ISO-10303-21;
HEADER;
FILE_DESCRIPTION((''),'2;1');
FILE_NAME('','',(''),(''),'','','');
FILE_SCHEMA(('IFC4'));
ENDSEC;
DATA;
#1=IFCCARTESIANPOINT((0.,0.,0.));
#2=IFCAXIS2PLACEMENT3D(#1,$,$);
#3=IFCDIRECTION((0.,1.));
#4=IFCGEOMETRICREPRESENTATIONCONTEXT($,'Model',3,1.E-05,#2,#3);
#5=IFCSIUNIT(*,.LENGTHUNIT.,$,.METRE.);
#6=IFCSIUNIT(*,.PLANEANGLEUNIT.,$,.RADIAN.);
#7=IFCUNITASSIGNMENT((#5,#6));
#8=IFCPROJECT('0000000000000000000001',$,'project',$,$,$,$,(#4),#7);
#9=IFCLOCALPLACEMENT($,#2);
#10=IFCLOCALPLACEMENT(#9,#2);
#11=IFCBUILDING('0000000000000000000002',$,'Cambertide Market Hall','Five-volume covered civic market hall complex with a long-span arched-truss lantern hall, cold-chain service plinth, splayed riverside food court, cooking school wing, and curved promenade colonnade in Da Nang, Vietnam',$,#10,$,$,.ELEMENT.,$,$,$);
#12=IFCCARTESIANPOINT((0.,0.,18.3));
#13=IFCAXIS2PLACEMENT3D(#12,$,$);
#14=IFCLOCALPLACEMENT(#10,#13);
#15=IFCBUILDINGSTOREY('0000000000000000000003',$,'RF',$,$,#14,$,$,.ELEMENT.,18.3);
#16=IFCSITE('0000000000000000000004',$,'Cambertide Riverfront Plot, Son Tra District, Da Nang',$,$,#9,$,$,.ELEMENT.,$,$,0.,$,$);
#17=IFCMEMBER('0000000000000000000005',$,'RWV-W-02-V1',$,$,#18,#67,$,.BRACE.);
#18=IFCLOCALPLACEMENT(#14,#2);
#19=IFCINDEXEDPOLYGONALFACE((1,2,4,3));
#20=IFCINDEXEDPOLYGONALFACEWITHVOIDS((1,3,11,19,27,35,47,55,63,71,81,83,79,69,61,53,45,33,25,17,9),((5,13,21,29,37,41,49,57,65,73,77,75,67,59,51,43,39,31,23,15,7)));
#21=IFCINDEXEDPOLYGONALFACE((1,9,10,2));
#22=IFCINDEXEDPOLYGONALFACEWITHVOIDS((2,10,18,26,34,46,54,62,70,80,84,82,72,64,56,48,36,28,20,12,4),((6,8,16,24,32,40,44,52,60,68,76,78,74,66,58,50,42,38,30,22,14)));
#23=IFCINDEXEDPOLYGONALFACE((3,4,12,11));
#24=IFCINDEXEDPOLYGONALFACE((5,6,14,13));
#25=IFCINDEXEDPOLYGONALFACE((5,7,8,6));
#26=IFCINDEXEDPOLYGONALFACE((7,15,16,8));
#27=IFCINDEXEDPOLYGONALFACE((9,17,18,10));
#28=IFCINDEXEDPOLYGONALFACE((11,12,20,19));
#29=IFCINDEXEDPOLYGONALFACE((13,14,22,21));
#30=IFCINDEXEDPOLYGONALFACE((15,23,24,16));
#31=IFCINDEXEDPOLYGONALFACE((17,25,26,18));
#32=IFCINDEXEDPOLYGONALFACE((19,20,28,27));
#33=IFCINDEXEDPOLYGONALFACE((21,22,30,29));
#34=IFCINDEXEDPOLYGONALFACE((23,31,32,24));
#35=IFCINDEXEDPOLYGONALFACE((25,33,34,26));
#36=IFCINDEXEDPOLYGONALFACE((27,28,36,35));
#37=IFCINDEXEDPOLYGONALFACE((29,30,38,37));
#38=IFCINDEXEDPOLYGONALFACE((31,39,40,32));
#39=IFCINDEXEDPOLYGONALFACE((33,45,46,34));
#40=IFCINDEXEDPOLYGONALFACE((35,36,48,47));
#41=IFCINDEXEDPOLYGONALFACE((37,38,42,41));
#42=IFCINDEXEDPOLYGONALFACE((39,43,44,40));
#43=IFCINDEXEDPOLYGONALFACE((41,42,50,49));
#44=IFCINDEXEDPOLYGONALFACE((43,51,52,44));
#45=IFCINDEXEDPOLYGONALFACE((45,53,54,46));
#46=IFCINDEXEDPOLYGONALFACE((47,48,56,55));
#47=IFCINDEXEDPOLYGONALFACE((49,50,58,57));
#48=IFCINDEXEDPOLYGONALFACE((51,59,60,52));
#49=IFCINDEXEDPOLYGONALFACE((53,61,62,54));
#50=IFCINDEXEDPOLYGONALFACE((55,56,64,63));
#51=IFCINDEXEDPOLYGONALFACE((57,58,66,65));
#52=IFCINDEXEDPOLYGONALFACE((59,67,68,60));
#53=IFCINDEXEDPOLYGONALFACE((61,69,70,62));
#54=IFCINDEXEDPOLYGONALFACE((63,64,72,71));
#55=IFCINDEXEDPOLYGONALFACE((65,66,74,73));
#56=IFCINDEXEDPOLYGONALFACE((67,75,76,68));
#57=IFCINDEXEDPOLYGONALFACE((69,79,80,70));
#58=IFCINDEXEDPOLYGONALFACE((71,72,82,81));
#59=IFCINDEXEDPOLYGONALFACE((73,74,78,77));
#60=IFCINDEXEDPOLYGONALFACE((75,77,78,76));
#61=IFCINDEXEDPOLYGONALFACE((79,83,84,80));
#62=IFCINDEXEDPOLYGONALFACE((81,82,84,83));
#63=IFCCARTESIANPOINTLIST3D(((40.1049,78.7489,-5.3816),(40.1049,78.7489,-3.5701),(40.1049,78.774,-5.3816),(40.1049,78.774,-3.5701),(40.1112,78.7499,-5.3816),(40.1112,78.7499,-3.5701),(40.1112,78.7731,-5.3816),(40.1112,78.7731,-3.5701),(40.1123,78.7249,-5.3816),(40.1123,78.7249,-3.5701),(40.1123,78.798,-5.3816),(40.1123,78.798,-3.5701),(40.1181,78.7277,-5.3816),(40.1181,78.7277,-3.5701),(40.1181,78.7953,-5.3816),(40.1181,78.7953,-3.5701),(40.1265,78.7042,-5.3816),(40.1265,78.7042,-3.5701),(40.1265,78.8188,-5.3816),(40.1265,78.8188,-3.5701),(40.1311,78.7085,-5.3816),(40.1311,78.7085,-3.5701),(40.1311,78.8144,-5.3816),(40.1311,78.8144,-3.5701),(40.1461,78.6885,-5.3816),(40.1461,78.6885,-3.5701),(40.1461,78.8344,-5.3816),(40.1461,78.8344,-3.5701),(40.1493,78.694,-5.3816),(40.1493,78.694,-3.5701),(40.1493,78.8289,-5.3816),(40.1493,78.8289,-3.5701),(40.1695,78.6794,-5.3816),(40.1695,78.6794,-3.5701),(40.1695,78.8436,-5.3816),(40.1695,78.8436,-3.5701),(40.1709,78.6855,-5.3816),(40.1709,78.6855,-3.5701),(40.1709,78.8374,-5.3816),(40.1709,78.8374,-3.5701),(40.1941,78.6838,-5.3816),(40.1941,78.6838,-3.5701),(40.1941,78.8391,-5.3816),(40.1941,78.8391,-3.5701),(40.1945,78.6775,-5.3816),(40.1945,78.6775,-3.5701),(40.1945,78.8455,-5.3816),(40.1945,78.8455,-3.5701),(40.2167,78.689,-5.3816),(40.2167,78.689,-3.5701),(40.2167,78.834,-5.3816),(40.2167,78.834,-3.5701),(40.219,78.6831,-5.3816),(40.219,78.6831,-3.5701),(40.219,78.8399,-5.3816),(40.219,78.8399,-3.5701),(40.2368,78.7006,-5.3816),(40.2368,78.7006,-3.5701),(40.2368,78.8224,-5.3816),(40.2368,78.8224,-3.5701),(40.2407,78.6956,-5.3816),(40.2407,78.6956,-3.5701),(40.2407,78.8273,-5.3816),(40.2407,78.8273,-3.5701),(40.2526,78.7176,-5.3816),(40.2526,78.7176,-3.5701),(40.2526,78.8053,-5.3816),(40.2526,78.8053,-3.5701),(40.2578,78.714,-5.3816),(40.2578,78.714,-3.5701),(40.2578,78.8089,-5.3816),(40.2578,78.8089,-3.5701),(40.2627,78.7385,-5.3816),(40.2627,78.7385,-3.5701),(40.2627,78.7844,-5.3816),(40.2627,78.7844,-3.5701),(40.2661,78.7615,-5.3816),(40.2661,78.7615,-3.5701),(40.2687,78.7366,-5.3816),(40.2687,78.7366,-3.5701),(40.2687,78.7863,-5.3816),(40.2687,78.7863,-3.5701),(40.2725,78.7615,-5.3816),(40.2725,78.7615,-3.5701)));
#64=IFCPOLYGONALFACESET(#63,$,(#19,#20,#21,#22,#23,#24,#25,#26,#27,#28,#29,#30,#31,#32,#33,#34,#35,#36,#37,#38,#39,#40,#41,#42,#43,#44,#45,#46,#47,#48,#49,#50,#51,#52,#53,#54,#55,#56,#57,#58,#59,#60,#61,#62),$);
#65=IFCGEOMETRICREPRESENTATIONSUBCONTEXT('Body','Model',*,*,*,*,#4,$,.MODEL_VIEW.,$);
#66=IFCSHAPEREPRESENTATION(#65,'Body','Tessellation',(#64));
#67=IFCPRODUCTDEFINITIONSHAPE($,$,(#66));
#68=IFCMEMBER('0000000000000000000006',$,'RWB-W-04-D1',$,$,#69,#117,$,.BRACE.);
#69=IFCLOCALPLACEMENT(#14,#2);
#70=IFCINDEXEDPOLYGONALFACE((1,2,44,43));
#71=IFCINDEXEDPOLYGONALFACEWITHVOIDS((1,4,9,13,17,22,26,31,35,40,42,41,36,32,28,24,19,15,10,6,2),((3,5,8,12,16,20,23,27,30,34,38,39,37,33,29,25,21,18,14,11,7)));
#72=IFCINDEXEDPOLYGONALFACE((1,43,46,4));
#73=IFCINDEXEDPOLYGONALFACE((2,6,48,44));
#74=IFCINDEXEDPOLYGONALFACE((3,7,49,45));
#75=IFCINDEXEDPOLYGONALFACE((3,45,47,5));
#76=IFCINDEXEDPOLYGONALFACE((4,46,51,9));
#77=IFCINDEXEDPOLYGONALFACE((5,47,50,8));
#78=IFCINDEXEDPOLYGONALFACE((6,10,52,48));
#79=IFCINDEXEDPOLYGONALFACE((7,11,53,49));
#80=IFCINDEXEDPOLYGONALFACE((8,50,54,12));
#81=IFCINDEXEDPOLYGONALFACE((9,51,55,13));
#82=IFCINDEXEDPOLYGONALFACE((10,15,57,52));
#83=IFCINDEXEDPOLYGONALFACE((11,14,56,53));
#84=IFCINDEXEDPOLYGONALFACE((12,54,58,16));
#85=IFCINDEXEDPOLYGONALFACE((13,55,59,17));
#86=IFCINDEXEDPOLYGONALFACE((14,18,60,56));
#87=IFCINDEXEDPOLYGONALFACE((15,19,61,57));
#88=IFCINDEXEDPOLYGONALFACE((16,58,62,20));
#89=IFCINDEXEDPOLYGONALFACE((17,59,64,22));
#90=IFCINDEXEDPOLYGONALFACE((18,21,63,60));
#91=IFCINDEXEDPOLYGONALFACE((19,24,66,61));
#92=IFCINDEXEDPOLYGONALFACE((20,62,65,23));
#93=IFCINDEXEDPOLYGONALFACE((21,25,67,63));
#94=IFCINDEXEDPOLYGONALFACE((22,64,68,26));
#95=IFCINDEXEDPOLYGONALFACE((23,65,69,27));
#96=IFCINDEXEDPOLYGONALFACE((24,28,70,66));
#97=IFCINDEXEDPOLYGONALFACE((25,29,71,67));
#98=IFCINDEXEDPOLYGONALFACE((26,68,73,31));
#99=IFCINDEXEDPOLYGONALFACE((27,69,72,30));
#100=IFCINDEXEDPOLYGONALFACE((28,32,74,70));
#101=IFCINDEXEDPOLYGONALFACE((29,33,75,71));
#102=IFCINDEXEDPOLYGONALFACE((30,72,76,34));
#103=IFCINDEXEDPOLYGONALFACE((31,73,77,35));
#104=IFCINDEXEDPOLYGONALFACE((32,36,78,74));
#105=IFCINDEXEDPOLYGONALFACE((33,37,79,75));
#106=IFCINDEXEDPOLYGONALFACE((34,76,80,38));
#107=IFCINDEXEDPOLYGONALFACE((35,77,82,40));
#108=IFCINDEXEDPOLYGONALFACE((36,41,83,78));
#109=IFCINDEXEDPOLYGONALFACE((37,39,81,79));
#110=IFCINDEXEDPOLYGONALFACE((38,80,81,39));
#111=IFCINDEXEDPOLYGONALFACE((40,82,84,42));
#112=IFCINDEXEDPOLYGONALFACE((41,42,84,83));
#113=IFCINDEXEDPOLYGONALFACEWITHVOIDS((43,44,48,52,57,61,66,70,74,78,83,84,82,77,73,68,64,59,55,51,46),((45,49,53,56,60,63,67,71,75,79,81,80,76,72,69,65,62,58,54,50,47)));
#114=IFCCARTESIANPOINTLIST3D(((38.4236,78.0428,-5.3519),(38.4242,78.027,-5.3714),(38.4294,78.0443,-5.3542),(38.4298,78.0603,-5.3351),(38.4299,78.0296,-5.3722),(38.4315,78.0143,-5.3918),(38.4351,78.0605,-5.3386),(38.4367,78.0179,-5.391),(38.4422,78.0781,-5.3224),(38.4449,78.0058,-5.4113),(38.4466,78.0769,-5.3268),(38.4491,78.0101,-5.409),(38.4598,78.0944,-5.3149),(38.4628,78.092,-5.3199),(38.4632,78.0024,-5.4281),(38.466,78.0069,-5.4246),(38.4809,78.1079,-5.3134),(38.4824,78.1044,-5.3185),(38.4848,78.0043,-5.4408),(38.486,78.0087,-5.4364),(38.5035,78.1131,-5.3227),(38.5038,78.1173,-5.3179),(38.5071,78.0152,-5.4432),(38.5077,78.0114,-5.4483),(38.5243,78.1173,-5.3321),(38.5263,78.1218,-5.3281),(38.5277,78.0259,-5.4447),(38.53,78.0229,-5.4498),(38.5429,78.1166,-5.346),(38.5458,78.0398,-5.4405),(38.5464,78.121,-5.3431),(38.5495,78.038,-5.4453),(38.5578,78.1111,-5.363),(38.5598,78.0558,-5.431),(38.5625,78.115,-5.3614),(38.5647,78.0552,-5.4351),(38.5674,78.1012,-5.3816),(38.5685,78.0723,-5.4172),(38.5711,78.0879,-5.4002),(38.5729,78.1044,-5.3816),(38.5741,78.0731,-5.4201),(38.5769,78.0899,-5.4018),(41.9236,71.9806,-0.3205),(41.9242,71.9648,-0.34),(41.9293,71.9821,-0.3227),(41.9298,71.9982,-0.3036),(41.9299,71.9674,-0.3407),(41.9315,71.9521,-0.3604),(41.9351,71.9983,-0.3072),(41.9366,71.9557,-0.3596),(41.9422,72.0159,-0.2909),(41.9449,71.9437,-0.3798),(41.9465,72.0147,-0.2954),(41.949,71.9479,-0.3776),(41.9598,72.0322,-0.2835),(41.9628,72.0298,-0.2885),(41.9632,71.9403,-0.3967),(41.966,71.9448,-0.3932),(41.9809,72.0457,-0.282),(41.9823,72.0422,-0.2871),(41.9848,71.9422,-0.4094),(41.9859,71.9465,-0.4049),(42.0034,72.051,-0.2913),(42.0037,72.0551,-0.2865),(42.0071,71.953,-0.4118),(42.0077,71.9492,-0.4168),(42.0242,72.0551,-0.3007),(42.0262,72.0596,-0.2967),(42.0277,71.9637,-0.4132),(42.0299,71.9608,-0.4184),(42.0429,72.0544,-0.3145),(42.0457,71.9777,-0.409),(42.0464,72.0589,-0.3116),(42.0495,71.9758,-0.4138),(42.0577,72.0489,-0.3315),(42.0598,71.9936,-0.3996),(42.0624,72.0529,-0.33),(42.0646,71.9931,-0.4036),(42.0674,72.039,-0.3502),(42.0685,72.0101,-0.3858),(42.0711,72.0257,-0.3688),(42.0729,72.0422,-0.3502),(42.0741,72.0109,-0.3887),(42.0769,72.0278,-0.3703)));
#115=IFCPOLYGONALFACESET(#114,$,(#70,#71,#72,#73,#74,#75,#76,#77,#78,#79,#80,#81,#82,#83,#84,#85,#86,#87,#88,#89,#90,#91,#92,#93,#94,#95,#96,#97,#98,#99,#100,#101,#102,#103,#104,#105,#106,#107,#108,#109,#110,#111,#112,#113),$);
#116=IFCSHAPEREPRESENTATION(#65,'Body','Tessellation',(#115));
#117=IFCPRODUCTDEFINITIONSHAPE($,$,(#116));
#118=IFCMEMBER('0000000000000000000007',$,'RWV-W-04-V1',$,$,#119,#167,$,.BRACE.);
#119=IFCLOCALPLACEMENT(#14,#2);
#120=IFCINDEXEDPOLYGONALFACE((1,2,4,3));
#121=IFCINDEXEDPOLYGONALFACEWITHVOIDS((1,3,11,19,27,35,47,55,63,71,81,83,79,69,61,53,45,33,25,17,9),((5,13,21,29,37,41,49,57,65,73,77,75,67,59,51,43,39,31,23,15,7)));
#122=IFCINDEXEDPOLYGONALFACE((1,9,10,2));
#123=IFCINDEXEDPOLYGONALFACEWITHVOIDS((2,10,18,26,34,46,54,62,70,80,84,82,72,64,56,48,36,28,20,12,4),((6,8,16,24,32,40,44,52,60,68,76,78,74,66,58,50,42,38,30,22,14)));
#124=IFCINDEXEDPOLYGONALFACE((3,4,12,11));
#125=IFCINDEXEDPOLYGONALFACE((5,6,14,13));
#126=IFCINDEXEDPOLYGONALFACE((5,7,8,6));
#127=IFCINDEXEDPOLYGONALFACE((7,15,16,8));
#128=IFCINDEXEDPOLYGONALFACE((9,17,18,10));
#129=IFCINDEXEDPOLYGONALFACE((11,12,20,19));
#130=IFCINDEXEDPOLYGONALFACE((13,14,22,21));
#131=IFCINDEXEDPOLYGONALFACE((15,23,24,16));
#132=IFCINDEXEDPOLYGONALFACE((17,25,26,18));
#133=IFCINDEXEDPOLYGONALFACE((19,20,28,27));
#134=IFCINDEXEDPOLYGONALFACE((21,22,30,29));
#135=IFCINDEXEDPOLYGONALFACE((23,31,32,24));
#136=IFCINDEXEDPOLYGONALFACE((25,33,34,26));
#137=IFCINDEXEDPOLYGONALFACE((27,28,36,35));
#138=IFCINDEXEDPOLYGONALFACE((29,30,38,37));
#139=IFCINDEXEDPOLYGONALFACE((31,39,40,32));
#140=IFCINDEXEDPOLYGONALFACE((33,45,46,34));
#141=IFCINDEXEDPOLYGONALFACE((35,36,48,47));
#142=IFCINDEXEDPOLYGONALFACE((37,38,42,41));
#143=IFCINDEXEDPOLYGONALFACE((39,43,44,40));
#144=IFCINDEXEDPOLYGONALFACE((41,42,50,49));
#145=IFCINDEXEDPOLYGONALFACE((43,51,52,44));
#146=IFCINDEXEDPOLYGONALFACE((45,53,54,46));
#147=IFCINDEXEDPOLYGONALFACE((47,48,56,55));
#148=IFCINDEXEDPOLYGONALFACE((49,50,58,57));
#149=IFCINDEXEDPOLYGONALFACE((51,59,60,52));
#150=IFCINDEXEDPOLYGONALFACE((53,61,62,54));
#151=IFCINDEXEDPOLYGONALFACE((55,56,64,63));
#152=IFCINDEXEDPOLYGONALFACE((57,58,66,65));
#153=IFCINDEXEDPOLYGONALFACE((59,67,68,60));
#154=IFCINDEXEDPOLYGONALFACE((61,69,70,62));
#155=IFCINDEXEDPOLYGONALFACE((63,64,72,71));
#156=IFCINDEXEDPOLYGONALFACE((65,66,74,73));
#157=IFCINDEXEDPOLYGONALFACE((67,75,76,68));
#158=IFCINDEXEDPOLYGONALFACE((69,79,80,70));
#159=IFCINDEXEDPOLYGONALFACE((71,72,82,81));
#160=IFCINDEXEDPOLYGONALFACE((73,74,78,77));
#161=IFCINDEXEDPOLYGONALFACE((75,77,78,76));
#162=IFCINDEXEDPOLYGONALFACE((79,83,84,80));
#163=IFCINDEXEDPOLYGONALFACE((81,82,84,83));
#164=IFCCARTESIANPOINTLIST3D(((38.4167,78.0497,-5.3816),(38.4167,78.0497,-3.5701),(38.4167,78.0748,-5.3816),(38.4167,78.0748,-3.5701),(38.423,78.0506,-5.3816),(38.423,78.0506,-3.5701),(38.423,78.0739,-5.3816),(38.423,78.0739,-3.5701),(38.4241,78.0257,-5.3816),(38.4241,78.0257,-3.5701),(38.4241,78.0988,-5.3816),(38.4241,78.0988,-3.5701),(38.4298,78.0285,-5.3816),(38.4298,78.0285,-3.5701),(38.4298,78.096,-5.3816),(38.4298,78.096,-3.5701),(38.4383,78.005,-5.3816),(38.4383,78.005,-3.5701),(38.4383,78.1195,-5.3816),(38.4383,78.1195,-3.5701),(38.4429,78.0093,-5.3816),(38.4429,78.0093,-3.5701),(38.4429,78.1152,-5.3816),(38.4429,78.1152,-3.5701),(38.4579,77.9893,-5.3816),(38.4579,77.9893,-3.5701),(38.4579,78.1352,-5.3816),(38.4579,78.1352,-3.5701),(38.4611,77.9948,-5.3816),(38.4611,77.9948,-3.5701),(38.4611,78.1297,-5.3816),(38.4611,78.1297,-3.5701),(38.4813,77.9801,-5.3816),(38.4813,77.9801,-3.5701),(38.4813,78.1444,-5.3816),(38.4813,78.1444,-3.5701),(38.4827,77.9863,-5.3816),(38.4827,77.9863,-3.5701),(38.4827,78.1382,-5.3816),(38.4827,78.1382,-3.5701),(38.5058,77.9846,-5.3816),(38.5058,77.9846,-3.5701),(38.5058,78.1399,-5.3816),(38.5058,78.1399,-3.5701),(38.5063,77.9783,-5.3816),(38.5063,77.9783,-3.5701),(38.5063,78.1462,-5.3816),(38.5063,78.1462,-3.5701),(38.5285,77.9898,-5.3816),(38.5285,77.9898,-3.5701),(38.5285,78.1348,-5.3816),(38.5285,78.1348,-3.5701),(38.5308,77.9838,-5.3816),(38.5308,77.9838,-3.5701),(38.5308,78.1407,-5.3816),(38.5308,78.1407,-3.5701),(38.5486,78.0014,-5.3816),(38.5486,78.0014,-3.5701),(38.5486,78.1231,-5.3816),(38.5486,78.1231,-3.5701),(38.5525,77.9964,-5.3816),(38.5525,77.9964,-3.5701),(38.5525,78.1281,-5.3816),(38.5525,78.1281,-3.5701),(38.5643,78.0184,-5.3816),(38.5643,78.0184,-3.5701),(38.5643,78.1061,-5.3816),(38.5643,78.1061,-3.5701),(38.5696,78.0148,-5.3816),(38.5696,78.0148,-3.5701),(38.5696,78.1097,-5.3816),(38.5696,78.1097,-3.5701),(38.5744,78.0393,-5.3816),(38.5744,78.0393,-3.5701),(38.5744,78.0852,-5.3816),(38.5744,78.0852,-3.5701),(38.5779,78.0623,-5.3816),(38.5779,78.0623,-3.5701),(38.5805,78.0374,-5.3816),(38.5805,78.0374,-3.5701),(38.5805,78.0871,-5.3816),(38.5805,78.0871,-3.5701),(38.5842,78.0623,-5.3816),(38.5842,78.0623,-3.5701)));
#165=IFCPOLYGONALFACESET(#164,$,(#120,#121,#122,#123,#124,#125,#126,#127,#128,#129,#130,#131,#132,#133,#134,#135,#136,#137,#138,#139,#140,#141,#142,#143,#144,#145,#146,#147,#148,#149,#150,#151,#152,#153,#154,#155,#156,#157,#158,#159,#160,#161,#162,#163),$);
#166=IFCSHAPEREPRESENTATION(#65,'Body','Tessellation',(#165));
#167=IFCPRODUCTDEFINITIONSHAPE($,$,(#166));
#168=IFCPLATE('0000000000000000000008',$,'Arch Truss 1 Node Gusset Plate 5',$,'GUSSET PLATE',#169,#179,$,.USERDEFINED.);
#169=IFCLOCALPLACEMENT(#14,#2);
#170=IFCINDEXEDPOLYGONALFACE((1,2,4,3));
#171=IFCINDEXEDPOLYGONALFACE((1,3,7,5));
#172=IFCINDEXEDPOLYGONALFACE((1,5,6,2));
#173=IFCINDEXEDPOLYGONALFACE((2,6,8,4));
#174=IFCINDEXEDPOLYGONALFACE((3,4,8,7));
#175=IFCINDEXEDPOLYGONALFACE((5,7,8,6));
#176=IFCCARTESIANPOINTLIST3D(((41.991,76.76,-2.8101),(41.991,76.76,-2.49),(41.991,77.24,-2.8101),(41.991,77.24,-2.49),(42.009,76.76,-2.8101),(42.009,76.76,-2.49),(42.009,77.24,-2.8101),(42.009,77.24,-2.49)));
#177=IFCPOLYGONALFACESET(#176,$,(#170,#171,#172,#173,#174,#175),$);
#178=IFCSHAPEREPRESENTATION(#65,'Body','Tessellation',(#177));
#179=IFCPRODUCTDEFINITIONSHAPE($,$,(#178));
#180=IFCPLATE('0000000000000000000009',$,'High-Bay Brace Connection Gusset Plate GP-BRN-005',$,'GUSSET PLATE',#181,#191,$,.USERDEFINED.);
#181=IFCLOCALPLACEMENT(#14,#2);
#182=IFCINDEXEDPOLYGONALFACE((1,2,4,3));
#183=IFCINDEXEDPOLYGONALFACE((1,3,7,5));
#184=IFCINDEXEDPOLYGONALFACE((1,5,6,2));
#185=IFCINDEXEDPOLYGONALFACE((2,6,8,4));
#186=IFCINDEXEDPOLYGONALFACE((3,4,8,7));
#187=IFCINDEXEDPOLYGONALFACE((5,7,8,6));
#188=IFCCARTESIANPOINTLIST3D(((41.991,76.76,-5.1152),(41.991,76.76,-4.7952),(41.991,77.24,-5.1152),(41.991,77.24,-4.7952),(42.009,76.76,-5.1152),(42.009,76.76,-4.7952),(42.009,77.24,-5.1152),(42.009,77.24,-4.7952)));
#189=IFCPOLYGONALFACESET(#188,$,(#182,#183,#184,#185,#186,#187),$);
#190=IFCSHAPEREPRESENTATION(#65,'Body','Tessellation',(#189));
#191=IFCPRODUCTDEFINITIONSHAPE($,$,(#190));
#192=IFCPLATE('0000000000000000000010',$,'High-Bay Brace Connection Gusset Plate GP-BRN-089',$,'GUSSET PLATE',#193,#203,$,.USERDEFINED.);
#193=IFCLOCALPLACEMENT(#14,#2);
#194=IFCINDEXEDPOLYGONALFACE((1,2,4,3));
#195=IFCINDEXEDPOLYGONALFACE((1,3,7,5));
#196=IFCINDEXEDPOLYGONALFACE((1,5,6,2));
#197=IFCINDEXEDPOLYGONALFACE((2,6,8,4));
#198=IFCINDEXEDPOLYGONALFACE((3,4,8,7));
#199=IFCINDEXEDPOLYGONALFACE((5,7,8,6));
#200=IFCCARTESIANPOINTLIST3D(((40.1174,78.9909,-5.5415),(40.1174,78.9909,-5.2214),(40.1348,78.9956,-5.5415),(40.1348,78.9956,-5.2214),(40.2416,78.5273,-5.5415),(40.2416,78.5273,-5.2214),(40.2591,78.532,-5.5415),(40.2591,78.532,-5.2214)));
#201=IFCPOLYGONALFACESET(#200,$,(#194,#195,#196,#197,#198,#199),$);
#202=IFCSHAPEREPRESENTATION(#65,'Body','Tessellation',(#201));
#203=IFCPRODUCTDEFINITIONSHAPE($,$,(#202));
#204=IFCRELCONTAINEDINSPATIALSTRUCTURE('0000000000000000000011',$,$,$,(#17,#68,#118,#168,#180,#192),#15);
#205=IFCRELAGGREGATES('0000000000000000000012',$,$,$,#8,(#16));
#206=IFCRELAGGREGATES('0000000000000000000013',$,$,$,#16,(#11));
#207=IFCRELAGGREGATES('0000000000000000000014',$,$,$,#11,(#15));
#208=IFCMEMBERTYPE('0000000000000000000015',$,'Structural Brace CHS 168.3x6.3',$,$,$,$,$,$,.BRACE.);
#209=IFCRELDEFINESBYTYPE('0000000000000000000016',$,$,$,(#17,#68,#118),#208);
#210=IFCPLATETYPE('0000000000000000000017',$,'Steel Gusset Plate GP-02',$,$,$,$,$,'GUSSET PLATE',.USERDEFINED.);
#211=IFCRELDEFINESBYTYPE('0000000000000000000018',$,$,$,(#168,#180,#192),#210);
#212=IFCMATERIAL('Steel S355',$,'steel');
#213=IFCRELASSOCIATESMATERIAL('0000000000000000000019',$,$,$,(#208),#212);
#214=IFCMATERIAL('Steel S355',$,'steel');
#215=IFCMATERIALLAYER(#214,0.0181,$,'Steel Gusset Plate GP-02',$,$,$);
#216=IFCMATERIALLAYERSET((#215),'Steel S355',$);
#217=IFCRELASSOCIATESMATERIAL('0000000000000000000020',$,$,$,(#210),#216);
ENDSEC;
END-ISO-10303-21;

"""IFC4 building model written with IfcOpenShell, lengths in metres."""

from ifc_helpers import new_model, si_unit, direction, frame, origin, origin_2d, place, context, subcontext, project, spatial, rectangle, hollow_circle, extrude, material, layer, layer_set, material_profile, profile_set, type_object, element, save


model = new_model("IFC4")

# Units and contexts
model_context = context("Model", 3, precision=1e-05, world=origin(), true_north=direction((0.0, 1.0)))
body_context = subcontext(model_context, "Body", "Model", "MODEL_VIEW")
ifc_project = project(units=[si_unit("LENGTHUNIT", "METRE"), si_unit("PLANEANGLEUNIT", "RADIAN")], contexts=[model_context])

# Site, building, storey
site_placement = place(None, origin())
site = spatial("IfcSite", under=ifc_project, at=site_placement, Name="Cambertide Riverfront Plot, Son Tra District, Da Nang", CompositionType="ELEMENT", RefElevation=0.0)
building_placement = place(site_placement, origin())
building = spatial("IfcBuilding", under=site, at=building_placement, Name="Cambertide Market Hall", Description="Five-volume covered civic market hall complex with a long-span arched-truss lantern hall, cold-chain service plinth, splayed riverside food court, cooking school wing, and curved promenade colonnade in Da Nang, Vietnam", CompositionType="ELEMENT")
storey_placement = place(building_placement, frame((0.0, 0.0, 18.3)))
storey = spatial("IfcBuildingStorey", under=building, at=storey_placement, Name="RF", CompositionType="ELEMENT", Elevation=18.3)

# Members
ifc_material_1 = material(Name="Steel S355", Category="steel")
ifc_material_profile_1 = material_profile(ifc_material_1, hollow_circle(Radius=0.0842, WallThickness=0.0063, at=origin_2d()), Name="CHS 168.3x6.3")
ifc_profile_set_1 = profile_set([ifc_material_profile_1], Name="Steel S355")
member_type_1 = type_object("IfcMemberType", Name="Structural Brace CHS 168.3x6.3", PredefinedType="BRACE", material=ifc_profile_set_1)
member_1_placement = place(storey_placement, frame((40.1882, 78.7615, -5.3816), z_axis=(0.0, 0.0, 1.0), x_axis=(1.0, 0.0, 0.0)))
element("IfcMember", 1, at=member_1_placement, inside=storey, type_object=member_type_1, Name="RWV-W-02-V1", PredefinedType="BRACE", context=body_context, shape_type="SweptSolid", body=[
    extrude(hollow_circle(Radius=0.0842, WallThickness=0.0063, at=origin_2d()), origin(), (0.0, 0.0, 1.0), 1.8115),
])
member_2_placement = place(storey_placement, frame((38.5, 78.0623, -5.3816), z_axis=(0.405998, -0.703219, 0.583651), x_axis=(0.866028, 0.499995, 0.0)))
element("IfcMember", 2, at=member_2_placement, inside=storey, type_object=member_type_1, Name="RWB-W-04-D1", PredefinedType="BRACE", context=body_context, shape_type="SweptSolid", body=[
    extrude(hollow_circle(Radius=0.0842, WallThickness=0.0063, at=origin_2d()), origin(), (0.0, 0.0, 1.0), 8.6206),
])
member_3_placement = place(storey_placement, frame((38.5, 78.0623, -5.3816), z_axis=(0.0, 0.0, 1.0), x_axis=(1.0, 0.0, 0.0)))
element("IfcMember", 3, at=member_3_placement, inside=storey, type_object=member_type_1, Name="RWV-W-04-V1", PredefinedType="BRACE", context=body_context, shape_type="SweptSolid", body=[
    extrude(hollow_circle(Radius=0.0842, WallThickness=0.0063, at=origin_2d()), origin(), (0.0, 0.0, 1.0), 1.8115),
])

# Plates
ifc_material_2 = material(Name="Steel S355", Category="steel")
ifc_layer = layer(ifc_material_2, 0.0181, Name="Steel Gusset Plate GP-02")
ifc_layer_set = layer_set([ifc_layer], Name="Steel S355")
plate_type = type_object("IfcPlateType", Name="Steel Gusset Plate GP-02", ElementType="GUSSET PLATE", PredefinedType="USERDEFINED", material=ifc_layer_set)
plate_placement = place(storey_placement, frame((42.0, 77.0, -2.8101), z_axis=(0.0, 0.0, 1.0), x_axis=(1.0, 0.0, 0.0)))
element("IfcPlate", 4, at=plate_placement, inside=storey, type_object=plate_type, Name="Arch Truss 1 Node Gusset Plate 5", ObjectType="GUSSET PLATE", PredefinedType="USERDEFINED", context=body_context, shape_type="SweptSolid", body=[
    extrude(rectangle(XDim=0.0181, YDim=0.48, at=origin_2d()), origin(), (0.0, 0.0, 1.0), 0.3201),
])
for number, where, z_axis, x_axis, name in (
    (5, (42.0, 77.0, -5.1152), (0.0, 0.0, 1.0), (0.0, 1.0, 0.0), "High-Bay Brace Connection Gusset Plate GP-BRN-005"),
    (6, (40.1882, 78.7615, -5.5415), (0.0, 0.0, 1.0), (0.258819, -0.965926, 0.0), "High-Bay Brace Connection Gusset Plate GP-BRN-089"),
):
    element("IfcPlate", number, at=place(storey_placement, frame(where, z_axis=z_axis, x_axis=x_axis)), inside=storey, type_object=plate_type, Name=name, ObjectType="GUSSET PLATE", PredefinedType="USERDEFINED", context=body_context, shape_type="SweptSolid", body=[
        extrude(rectangle(XDim=0.48, YDim=0.0181, at=origin_2d()), origin(), (0.0, 0.0, 1.0), 0.3201),
    ])

save(model, "model.ifc")
